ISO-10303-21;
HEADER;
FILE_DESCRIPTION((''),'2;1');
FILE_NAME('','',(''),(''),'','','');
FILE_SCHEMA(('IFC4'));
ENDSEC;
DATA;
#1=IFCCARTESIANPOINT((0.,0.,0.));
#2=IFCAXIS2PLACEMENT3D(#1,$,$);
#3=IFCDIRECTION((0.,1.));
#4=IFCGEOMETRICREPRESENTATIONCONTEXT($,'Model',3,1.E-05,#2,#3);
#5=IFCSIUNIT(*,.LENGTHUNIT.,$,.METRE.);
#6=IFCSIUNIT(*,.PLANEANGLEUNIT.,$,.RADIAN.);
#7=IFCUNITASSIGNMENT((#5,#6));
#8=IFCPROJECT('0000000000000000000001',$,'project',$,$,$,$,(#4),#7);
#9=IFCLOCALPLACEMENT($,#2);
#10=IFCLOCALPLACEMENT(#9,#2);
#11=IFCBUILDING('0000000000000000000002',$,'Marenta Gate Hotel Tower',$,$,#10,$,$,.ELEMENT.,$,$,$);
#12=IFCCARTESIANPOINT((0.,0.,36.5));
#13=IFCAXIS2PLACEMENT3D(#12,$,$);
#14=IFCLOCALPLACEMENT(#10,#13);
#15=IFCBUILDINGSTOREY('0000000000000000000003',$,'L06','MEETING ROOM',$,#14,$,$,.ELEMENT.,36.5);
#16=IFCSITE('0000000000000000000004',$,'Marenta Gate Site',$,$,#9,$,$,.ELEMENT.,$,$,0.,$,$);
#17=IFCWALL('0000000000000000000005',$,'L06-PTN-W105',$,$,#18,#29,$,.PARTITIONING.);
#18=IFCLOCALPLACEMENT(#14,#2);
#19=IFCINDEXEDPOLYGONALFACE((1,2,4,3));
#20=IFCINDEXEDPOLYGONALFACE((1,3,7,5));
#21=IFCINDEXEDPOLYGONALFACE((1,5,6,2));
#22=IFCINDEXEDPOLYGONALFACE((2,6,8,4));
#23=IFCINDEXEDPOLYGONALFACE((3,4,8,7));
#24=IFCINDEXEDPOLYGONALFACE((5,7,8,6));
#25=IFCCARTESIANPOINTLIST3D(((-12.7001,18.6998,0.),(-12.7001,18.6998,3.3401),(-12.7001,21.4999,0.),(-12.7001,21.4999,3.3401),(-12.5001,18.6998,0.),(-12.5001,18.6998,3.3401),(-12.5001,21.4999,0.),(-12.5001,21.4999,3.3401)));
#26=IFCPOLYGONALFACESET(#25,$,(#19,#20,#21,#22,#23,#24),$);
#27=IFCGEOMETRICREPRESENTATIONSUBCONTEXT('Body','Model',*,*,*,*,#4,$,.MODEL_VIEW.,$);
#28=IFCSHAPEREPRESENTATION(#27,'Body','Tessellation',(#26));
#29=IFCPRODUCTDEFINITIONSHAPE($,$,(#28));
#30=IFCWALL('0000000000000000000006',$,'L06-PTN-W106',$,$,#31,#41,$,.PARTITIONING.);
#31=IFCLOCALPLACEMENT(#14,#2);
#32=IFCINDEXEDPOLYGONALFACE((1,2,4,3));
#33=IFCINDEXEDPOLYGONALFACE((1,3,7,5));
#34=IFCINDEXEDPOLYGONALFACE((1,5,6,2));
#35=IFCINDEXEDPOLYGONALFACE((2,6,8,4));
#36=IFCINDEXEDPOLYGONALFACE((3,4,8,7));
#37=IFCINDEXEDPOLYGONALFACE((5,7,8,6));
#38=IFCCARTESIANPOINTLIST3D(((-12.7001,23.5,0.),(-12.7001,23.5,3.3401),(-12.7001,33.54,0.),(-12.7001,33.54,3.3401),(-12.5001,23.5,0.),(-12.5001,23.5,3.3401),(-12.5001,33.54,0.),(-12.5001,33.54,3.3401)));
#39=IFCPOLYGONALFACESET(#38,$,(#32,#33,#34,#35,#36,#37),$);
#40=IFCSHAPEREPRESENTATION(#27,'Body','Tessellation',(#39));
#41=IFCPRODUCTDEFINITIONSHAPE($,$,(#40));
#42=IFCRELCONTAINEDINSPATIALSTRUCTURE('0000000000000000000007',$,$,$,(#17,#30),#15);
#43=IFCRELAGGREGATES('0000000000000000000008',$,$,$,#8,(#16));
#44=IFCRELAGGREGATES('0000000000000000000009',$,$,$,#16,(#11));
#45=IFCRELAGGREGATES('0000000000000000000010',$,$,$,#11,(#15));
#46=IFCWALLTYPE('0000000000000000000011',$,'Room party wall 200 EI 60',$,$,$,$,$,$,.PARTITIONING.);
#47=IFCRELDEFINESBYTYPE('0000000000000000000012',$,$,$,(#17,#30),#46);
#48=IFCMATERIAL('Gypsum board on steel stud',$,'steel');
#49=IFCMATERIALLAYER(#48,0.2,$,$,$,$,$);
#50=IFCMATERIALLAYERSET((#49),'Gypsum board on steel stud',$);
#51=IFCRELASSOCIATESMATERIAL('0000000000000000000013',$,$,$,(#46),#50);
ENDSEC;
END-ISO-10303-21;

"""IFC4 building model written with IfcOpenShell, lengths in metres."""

from ifc_helpers import new_model, si_unit, direction, frame, frame_2d, origin, place, context, subcontext, project, spatial, rectangle, extrude, material, layer, layer_set, type_object, element, save


model = new_model("IFC4")

# Units and contexts
model_context = context("Model", 3, precision=1e-05, world=origin(), true_north=direction((0.0, 1.0)))
body_context = subcontext(model_context, "Body", "Model", "MODEL_VIEW")
ifc_project = project(units=[si_unit("LENGTHUNIT", "METRE"), si_unit("PLANEANGLEUNIT", "RADIAN")], contexts=[model_context])

# Site, building, storey
site_placement = place(None, origin())
site = spatial("IfcSite", under=ifc_project, at=site_placement, Name="Marenta Gate Site", CompositionType="ELEMENT", RefElevation=0.0)
building_placement = place(site_placement, origin())
building = spatial("IfcBuilding", under=site, at=building_placement, Name="Marenta Gate Hotel Tower", CompositionType="ELEMENT")
storey_placement = place(building_placement, frame((0.0, 0.0, 36.5)))
storey = spatial("IfcBuildingStorey", under=building, at=storey_placement, Name="L06", Description="MEETING ROOM", CompositionType="ELEMENT", Elevation=36.5)

# Walls
ifc_material_1 = material(Name="Gypsum board on steel stud", Category="steel")
ifc_layer_1 = layer(ifc_material_1, 0.2)
ifc_layer_set_1 = layer_set([ifc_layer_1], Name="Gypsum board on steel stud")
wall_type_1 = type_object("IfcWallType", Name="Room party wall 200 EI 60", PredefinedType="PARTITIONING", material=ifc_layer_set_1)
wall_1_placement = place(storey_placement, frame((-12.6001, 18.7, 0.0), z_axis=(0.0, 0.0, 1.0), x_axis=(0.0, 1.0, 0.0)))
element("IfcWall", 1, at=wall_1_placement, inside=storey, type_object=wall_type_1, Name="L06-PTN-W105", PredefinedType="PARTITIONING", context=body_context, shape_type="SweptSolid", body=[
    extrude(rectangle(XDim=2.8, YDim=0.2, at=frame_2d((1.3999, 0.0))), origin(), (0.0, 0.0, 1.0), 3.3401),
])
wall_2_placement = place(storey_placement, frame((-12.6001, 23.5, 0.0), z_axis=(0.0, 0.0, 1.0), x_axis=(0.0, 1.0, 0.0)))
element("IfcWall", 2, at=wall_2_placement, inside=storey, type_object=wall_type_1, Name="L06-PTN-W106", PredefinedType="PARTITIONING", context=body_context, shape_type="SweptSolid", body=[
    extrude(rectangle(XDim=10.04, YDim=0.2, at=frame_2d((5.02, 0.0))), origin(), (0.0, 0.0, 1.0), 3.3401),
])

save(model, "model.ifc")
